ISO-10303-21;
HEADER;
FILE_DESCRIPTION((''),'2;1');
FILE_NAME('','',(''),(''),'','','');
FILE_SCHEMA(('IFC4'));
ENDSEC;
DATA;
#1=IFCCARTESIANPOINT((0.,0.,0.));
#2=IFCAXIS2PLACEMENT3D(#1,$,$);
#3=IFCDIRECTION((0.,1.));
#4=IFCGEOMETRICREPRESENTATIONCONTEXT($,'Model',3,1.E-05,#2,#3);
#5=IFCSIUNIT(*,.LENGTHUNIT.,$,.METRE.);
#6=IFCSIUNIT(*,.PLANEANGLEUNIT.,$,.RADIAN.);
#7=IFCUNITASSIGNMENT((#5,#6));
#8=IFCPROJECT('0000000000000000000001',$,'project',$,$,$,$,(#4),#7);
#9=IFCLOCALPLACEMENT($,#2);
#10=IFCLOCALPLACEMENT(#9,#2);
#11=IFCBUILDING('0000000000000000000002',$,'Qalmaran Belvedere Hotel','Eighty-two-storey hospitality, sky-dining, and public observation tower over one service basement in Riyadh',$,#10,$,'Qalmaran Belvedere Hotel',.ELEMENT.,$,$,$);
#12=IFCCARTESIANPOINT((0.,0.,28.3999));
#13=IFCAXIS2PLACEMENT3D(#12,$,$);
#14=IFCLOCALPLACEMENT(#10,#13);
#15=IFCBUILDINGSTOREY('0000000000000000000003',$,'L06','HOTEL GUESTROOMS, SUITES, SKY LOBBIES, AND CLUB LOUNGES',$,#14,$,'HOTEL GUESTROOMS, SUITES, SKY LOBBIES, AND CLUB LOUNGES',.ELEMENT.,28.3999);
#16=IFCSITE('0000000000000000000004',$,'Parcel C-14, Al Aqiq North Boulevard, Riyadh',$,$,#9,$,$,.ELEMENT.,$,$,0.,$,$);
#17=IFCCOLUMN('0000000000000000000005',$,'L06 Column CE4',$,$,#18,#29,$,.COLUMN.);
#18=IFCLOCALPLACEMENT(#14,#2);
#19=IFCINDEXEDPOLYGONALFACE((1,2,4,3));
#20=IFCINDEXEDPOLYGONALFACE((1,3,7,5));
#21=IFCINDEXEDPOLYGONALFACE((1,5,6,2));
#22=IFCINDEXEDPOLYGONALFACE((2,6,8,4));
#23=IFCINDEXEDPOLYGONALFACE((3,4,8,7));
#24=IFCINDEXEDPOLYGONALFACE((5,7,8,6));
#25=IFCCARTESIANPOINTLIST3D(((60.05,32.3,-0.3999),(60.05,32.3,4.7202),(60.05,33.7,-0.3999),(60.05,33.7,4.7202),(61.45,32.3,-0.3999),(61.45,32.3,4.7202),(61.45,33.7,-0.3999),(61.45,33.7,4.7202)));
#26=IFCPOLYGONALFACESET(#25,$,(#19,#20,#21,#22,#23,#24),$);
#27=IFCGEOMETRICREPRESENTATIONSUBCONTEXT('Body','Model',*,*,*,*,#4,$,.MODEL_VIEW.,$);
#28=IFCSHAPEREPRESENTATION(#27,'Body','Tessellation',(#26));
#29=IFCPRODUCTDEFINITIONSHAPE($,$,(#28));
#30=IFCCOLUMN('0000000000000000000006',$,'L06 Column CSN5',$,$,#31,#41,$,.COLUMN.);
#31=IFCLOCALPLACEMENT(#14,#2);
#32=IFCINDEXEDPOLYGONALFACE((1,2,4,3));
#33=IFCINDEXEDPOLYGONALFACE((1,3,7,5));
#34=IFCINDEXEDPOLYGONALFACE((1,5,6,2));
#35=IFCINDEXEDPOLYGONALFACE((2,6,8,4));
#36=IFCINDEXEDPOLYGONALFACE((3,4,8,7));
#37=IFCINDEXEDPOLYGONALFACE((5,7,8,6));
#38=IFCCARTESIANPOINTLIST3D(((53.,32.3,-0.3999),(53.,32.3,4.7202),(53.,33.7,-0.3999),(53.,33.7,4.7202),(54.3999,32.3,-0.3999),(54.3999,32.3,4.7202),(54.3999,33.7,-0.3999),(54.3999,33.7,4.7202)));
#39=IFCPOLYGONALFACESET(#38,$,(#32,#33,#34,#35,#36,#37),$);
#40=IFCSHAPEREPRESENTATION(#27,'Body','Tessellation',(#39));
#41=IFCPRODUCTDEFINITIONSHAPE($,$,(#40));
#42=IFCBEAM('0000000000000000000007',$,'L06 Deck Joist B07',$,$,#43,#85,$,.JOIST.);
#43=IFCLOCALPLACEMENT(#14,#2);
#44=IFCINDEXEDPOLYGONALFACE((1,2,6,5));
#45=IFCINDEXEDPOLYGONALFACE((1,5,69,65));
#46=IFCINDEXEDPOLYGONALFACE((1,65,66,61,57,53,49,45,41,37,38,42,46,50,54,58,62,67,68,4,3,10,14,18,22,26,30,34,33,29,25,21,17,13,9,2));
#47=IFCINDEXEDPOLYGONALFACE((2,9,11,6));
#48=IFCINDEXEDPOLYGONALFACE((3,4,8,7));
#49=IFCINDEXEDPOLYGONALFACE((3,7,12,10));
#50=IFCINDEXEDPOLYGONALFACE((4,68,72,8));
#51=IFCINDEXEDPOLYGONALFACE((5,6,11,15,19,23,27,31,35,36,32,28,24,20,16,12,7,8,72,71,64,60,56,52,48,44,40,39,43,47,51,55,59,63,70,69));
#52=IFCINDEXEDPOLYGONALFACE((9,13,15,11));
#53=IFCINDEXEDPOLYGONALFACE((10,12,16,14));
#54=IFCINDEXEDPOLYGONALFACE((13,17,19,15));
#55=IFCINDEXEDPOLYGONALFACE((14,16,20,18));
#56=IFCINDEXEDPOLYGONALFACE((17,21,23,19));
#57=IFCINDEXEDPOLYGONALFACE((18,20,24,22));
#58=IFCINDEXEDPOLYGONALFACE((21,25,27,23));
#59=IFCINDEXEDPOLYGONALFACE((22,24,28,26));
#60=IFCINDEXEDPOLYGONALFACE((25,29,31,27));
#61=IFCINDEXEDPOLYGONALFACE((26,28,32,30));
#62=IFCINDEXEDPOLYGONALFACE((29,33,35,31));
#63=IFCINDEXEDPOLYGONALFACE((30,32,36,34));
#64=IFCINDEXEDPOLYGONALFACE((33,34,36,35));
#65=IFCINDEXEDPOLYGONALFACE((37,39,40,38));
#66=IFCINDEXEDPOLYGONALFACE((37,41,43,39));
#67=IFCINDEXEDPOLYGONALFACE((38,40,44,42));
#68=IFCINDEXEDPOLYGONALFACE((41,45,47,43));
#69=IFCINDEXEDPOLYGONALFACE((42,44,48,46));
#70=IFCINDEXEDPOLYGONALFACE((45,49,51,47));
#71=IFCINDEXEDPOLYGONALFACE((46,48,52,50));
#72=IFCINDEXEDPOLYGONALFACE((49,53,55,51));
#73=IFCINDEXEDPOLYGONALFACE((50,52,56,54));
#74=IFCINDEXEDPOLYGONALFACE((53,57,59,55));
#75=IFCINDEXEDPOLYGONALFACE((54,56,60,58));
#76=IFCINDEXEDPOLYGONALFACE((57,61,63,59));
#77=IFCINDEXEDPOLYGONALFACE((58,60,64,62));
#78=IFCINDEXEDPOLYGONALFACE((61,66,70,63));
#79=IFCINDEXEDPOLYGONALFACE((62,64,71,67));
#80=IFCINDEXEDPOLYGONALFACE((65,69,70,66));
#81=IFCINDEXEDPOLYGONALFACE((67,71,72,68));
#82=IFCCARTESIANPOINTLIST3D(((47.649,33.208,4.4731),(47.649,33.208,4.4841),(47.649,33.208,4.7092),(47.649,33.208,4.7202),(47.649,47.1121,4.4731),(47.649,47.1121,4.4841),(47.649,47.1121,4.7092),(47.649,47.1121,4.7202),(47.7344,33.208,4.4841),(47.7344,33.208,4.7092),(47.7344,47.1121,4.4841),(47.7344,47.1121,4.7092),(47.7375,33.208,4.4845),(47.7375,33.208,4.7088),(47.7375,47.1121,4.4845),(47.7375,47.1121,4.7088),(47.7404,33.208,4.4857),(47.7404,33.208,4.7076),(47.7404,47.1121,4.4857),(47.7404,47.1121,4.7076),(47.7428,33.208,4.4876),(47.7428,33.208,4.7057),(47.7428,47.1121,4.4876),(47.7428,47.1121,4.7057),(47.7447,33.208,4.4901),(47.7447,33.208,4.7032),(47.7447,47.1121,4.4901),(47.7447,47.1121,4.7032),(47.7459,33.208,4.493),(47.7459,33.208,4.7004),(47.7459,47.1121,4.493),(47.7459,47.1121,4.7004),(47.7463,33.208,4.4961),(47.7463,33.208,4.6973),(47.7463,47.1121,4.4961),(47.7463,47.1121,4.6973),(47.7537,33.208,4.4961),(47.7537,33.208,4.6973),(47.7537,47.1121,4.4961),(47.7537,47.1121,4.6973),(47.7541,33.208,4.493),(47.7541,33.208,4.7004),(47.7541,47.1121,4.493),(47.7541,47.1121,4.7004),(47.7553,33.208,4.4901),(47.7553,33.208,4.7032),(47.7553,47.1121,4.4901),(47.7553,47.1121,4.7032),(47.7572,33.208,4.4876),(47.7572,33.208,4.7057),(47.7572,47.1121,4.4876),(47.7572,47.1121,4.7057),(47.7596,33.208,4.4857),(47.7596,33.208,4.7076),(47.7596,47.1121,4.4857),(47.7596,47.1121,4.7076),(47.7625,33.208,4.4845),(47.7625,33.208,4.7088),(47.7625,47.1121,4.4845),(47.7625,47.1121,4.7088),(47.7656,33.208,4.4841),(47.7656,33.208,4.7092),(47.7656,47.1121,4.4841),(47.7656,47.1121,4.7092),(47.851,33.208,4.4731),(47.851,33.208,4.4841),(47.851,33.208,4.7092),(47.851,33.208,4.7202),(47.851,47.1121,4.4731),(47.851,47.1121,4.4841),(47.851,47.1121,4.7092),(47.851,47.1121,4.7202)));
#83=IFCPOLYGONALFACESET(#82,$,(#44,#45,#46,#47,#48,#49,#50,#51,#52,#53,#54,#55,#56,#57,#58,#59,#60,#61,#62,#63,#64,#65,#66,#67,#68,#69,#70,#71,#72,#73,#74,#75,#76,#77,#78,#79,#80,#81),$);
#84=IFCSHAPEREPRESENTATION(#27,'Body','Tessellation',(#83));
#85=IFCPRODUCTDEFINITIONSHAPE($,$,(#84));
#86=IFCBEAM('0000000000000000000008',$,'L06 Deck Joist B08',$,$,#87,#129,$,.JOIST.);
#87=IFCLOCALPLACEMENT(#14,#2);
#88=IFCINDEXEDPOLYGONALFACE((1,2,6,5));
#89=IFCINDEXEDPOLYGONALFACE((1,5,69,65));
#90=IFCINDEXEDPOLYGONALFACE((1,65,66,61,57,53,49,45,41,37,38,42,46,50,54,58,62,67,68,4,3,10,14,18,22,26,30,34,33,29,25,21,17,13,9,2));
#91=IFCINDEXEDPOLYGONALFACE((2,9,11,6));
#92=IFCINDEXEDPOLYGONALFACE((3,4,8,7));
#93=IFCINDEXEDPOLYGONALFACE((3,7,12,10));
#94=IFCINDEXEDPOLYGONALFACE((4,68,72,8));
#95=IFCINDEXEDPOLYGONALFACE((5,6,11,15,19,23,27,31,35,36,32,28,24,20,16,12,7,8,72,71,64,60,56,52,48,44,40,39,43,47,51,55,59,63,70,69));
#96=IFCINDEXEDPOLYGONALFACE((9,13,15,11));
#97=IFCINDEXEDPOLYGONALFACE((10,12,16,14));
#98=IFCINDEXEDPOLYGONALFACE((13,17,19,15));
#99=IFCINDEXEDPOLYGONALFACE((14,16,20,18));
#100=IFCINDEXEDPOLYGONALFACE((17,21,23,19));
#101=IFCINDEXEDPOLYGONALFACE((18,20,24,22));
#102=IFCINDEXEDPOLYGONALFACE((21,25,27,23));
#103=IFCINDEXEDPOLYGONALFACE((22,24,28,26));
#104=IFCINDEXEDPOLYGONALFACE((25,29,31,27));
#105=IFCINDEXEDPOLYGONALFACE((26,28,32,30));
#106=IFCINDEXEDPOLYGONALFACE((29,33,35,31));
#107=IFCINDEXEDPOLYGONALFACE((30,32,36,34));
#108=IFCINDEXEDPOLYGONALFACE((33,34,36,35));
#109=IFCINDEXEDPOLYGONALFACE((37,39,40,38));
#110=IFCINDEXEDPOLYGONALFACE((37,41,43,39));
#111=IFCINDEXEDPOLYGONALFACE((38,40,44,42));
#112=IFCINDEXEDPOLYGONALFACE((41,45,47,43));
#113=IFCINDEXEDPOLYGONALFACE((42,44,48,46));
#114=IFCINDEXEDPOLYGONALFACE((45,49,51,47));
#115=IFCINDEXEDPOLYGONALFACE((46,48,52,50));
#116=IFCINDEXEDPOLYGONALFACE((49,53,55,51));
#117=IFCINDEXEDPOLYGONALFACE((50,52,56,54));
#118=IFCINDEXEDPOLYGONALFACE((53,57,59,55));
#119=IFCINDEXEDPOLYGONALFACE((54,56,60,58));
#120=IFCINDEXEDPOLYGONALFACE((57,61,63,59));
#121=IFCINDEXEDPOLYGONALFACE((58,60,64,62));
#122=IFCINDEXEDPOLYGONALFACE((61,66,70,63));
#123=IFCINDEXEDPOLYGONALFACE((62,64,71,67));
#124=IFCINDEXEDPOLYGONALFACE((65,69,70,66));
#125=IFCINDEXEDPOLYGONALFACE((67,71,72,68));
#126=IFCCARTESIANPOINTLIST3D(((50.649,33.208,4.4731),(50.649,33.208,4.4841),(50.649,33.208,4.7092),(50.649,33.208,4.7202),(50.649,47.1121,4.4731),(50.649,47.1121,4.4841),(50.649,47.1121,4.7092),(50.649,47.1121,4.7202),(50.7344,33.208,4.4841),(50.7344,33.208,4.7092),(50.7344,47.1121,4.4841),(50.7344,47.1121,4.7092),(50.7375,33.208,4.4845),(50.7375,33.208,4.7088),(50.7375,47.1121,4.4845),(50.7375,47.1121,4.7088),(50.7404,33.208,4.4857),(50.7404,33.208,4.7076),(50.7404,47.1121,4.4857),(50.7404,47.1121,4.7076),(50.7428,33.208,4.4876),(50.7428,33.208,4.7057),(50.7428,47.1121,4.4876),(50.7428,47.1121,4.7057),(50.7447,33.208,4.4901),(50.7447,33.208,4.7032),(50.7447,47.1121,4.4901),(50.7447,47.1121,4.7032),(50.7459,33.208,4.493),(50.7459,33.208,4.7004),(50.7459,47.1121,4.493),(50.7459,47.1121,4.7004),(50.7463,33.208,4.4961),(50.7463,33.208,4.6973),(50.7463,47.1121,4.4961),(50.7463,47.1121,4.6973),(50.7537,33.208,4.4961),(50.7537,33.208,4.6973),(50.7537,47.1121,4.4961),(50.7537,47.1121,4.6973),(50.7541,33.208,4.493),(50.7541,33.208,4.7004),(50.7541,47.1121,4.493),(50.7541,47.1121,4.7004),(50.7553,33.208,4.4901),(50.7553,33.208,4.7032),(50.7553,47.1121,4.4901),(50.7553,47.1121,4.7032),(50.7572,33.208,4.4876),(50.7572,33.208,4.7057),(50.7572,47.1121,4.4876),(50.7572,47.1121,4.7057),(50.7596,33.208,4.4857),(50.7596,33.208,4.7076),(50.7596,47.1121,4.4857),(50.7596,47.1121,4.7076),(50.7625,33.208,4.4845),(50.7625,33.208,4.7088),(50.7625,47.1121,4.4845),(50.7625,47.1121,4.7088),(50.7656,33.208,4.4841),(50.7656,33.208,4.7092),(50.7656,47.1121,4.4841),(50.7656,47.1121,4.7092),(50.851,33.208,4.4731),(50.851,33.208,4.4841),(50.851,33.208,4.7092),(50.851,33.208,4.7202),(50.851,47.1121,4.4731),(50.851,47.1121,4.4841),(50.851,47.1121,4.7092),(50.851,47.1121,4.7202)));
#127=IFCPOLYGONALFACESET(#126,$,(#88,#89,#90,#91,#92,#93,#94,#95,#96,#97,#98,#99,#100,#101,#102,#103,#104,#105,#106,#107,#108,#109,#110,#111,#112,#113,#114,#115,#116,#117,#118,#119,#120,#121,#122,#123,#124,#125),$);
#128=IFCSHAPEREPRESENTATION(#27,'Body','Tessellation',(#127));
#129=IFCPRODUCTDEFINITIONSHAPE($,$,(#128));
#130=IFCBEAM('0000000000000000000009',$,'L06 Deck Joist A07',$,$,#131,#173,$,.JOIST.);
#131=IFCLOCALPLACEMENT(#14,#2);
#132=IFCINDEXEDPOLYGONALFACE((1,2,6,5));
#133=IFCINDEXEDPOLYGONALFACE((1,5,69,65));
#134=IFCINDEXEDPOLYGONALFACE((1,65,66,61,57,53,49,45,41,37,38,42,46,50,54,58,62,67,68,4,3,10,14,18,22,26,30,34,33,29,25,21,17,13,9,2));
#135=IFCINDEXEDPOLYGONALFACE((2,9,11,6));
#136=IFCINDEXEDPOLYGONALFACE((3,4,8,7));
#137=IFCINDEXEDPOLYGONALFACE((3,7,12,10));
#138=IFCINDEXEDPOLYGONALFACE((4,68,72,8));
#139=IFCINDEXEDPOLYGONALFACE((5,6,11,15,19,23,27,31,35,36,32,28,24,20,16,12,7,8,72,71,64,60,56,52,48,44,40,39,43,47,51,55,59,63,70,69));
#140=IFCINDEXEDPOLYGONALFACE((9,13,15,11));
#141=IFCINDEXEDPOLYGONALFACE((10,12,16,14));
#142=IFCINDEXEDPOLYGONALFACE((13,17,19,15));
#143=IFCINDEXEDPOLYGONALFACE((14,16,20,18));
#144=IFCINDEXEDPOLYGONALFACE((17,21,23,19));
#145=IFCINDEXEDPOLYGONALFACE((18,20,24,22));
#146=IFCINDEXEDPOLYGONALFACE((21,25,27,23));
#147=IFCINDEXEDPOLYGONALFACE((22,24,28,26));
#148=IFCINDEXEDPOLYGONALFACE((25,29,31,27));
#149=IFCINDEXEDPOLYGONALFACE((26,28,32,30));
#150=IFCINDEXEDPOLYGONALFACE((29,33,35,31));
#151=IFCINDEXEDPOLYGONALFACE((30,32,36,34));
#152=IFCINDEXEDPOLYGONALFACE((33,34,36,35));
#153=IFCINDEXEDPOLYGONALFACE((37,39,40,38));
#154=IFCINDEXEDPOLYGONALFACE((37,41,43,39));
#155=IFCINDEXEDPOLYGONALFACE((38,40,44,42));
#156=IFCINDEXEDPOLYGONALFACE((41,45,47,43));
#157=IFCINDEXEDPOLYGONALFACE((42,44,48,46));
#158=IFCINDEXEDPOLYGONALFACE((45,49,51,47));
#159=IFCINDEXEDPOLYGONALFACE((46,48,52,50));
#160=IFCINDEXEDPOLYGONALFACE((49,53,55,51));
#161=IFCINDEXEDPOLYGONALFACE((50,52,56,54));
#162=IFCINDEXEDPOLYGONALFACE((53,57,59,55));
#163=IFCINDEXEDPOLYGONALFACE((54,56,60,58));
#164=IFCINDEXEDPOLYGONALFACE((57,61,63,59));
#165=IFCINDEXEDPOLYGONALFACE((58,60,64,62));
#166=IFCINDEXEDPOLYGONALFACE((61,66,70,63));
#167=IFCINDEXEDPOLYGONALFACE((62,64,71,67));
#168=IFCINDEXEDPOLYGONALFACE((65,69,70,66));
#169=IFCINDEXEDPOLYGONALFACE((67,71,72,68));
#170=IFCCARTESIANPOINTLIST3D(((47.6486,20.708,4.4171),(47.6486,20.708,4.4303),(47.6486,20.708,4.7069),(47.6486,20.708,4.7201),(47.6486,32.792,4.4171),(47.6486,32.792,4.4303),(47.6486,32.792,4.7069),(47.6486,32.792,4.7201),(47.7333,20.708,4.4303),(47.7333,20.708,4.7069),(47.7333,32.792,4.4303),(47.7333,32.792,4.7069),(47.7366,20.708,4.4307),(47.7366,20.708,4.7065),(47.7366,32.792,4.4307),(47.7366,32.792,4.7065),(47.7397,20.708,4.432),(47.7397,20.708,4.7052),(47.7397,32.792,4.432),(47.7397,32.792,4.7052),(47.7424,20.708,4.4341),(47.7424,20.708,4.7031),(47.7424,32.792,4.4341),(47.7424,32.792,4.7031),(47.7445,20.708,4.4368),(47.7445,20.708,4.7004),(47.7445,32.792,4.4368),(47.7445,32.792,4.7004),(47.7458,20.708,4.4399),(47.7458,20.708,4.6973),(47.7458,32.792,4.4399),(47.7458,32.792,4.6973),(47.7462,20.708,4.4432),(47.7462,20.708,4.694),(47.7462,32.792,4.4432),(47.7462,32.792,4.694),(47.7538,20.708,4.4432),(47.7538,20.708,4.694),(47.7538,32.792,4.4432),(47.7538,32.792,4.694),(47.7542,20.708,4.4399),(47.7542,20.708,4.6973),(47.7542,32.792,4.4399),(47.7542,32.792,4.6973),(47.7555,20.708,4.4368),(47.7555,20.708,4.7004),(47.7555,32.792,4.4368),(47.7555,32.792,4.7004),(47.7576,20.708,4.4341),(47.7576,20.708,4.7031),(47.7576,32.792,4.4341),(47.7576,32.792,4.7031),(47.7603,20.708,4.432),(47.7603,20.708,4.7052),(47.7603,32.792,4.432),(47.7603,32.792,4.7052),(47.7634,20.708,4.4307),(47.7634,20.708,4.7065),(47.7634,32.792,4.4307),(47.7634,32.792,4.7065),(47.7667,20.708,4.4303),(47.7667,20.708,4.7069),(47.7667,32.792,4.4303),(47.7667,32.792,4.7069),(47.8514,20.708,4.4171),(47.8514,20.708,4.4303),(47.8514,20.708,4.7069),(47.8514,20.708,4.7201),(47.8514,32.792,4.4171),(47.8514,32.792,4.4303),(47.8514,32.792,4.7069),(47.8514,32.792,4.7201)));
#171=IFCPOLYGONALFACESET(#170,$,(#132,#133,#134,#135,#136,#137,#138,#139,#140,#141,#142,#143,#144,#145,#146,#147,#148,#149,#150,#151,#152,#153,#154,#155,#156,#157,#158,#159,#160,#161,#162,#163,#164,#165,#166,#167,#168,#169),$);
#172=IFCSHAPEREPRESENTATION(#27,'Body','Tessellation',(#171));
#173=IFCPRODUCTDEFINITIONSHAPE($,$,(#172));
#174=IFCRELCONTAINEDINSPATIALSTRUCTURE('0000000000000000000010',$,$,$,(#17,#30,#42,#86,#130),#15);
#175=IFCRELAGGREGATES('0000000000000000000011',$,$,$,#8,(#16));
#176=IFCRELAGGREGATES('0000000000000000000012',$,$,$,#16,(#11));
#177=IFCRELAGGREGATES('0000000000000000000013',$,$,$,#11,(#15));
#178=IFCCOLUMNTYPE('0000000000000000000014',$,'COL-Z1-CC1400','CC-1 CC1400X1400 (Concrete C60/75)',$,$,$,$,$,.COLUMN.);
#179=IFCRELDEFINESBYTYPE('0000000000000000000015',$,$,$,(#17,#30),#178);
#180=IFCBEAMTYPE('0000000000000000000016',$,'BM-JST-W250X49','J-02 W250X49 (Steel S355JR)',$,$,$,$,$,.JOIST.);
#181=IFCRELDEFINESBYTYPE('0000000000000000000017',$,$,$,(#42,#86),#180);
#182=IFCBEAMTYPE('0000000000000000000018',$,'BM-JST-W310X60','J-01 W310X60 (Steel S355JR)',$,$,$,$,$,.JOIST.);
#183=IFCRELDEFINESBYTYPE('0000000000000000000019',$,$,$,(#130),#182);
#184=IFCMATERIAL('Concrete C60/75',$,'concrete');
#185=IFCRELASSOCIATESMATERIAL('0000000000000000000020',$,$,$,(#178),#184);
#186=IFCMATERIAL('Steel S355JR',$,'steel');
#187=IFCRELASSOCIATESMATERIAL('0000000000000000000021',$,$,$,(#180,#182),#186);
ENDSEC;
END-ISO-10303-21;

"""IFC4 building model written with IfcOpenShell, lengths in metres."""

from ifc_helpers import new_model, si_unit, direction, frame, origin, origin_2d, place, context, subcontext, project, spatial, rectangle, i_section, extrude, material, material_profile, profile_set, type_object, element, save


model = new_model("IFC4")

# Units and contexts
model_context = context("Model", 3, precision=1e-05, world=origin(), true_north=direction((0.0, 1.0)))
body_context = subcontext(model_context, "Body", "Model", "MODEL_VIEW")
ifc_project = project(units=[si_unit("LENGTHUNIT", "METRE"), si_unit("PLANEANGLEUNIT", "RADIAN")], contexts=[model_context])

# Site, building, storey
site_placement = place(None, origin())
site = spatial("IfcSite", under=ifc_project, at=site_placement, Name="Parcel C-14, Al Aqiq North Boulevard, Riyadh", CompositionType="ELEMENT", RefElevation=0.0)
building_placement = place(site_placement, origin())
building = spatial("IfcBuilding", under=site, at=building_placement, Name="Qalmaran Belvedere Hotel", Description="Eighty-two-storey hospitality, sky-dining, and public observation tower over one service basement in Riyadh", LongName="Qalmaran Belvedere Hotel", CompositionType="ELEMENT")
storey_placement = place(building_placement, frame((0.0, 0.0, 28.3999)))
storey = spatial("IfcBuildingStorey", under=building, at=storey_placement, Name="L06", Description="HOTEL GUESTROOMS, SUITES, SKY LOBBIES, AND CLUB LOUNGES", LongName="HOTEL GUESTROOMS, SUITES, SKY LOBBIES, AND CLUB LOUNGES", CompositionType="ELEMENT", Elevation=28.3999)

# Columns
ifc_material_1 = material(Name="Concrete C60/75", Category="concrete")
ifc_material_profile_1 = material_profile(ifc_material_1, rectangle(XDim=1.3999, YDim=1.3999, at=origin_2d()), Name="CC1400X1400")
ifc_profile_set_1 = profile_set([ifc_material_profile_1], Name="Concrete C60/75")
column_type = type_object("IfcColumnType", Name="COL-Z1-CC1400", Description="CC-1 CC1400X1400 (Concrete C60/75)", PredefinedType="COLUMN", material=ifc_profile_set_1)
for number, where, z_axis, x_axis, name in (
    (1, (60.75, 33.0, -0.3999), (0.0, 0.0, 1.0), (1.0, 0.0, 0.0), "L06 Column CE4"),
    (2, (53.7, 33.0, -0.3999), (0.0, 0.0, 1.0), (1.0, 0.0, 0.0), "L06 Column CSN5"),
):
    element("IfcColumn", number, at=place(storey_placement, frame(where, z_axis=z_axis, x_axis=x_axis)), inside=storey, type_object=column_type, Name=name, PredefinedType="COLUMN", context=body_context, shape_type="SweptSolid", body=[
        extrude(rectangle(XDim=1.3999, YDim=1.3999, at=origin_2d()), origin(), (0.0, 0.0, 1.0), 5.1201),
    ])

# Beams
ifc_material_2 = material(Name="Steel S355JR", Category="steel")
ifc_material_profile_2 = material_profile(ifc_material_2, i_section(OverallWidth=0.2019, OverallDepth=0.2471, WebThickness=0.0073, FlangeThickness=0.011, FilletRadius=0.012, at=origin_2d()), Name="W250X49")
ifc_profile_set_2 = profile_set([ifc_material_profile_2], Name="Steel S355JR")
beam_type_1 = type_object("IfcBeamType", Name="BM-JST-W250X49", Description="J-02 W250X49 (Steel S355JR)", PredefinedType="JOIST", material=ifc_profile_set_2)
for number, where, z_axis, x_axis, name in (
    (3, (47.75, 33.208, 4.5967), (0.0, 1.0, 0.0), (-1.0, 0.0, 0.0), "L06 Deck Joist B07"),
    (4, (50.75, 33.208, 4.5967), (0.0, 1.0, 0.0), (-1.0, 0.0, 0.0), "L06 Deck Joist B08"),
):
    element("IfcBeam", number, at=place(storey_placement, frame(where, z_axis=z_axis, x_axis=x_axis)), inside=storey, type_object=beam_type_1, Name=name, PredefinedType="JOIST", context=body_context, shape_type="SweptSolid", body=[
        extrude(i_section(OverallWidth=0.2019, OverallDepth=0.2471, WebThickness=0.0073, FlangeThickness=0.011, FilletRadius=0.012, at=origin_2d()), origin(), (0.0, 0.0, 1.0), 13.9041),
    ])
ifc_material_profile_3 = material_profile(ifc_material_2, i_section(OverallWidth=0.2029, OverallDepth=0.303, WebThickness=0.0076, FlangeThickness=0.0132, FilletRadius=0.0129, at=origin_2d()), Name="W310X60")
ifc_profile_set_3 = profile_set([ifc_material_profile_3], Name="Steel S355JR")
beam_type_2 = type_object("IfcBeamType", Name="BM-JST-W310X60", Description="J-01 W310X60 (Steel S355JR)", PredefinedType="JOIST", material=ifc_profile_set_3)
for number, where, z_axis, x_axis, name in (
    (5, (47.75, 20.708, 4.5686), (0.0, 1.0, 0.0), (-1.0, 0.0, 0.0), "L06 Deck Joist A07"),
):
    element("IfcBeam", number, at=place(storey_placement, frame(where, z_axis=z_axis, x_axis=x_axis)), inside=storey, type_object=beam_type_2, Name=name, PredefinedType="JOIST", context=body_context, shape_type="SweptSolid", body=[
        extrude(i_section(OverallWidth=0.2029, OverallDepth=0.303, WebThickness=0.0076, FlangeThickness=0.0132, FilletRadius=0.0129, at=origin_2d()), origin(), (0.0, 0.0, 1.0), 12.084),
    ])

save(model, "model.ifc")
